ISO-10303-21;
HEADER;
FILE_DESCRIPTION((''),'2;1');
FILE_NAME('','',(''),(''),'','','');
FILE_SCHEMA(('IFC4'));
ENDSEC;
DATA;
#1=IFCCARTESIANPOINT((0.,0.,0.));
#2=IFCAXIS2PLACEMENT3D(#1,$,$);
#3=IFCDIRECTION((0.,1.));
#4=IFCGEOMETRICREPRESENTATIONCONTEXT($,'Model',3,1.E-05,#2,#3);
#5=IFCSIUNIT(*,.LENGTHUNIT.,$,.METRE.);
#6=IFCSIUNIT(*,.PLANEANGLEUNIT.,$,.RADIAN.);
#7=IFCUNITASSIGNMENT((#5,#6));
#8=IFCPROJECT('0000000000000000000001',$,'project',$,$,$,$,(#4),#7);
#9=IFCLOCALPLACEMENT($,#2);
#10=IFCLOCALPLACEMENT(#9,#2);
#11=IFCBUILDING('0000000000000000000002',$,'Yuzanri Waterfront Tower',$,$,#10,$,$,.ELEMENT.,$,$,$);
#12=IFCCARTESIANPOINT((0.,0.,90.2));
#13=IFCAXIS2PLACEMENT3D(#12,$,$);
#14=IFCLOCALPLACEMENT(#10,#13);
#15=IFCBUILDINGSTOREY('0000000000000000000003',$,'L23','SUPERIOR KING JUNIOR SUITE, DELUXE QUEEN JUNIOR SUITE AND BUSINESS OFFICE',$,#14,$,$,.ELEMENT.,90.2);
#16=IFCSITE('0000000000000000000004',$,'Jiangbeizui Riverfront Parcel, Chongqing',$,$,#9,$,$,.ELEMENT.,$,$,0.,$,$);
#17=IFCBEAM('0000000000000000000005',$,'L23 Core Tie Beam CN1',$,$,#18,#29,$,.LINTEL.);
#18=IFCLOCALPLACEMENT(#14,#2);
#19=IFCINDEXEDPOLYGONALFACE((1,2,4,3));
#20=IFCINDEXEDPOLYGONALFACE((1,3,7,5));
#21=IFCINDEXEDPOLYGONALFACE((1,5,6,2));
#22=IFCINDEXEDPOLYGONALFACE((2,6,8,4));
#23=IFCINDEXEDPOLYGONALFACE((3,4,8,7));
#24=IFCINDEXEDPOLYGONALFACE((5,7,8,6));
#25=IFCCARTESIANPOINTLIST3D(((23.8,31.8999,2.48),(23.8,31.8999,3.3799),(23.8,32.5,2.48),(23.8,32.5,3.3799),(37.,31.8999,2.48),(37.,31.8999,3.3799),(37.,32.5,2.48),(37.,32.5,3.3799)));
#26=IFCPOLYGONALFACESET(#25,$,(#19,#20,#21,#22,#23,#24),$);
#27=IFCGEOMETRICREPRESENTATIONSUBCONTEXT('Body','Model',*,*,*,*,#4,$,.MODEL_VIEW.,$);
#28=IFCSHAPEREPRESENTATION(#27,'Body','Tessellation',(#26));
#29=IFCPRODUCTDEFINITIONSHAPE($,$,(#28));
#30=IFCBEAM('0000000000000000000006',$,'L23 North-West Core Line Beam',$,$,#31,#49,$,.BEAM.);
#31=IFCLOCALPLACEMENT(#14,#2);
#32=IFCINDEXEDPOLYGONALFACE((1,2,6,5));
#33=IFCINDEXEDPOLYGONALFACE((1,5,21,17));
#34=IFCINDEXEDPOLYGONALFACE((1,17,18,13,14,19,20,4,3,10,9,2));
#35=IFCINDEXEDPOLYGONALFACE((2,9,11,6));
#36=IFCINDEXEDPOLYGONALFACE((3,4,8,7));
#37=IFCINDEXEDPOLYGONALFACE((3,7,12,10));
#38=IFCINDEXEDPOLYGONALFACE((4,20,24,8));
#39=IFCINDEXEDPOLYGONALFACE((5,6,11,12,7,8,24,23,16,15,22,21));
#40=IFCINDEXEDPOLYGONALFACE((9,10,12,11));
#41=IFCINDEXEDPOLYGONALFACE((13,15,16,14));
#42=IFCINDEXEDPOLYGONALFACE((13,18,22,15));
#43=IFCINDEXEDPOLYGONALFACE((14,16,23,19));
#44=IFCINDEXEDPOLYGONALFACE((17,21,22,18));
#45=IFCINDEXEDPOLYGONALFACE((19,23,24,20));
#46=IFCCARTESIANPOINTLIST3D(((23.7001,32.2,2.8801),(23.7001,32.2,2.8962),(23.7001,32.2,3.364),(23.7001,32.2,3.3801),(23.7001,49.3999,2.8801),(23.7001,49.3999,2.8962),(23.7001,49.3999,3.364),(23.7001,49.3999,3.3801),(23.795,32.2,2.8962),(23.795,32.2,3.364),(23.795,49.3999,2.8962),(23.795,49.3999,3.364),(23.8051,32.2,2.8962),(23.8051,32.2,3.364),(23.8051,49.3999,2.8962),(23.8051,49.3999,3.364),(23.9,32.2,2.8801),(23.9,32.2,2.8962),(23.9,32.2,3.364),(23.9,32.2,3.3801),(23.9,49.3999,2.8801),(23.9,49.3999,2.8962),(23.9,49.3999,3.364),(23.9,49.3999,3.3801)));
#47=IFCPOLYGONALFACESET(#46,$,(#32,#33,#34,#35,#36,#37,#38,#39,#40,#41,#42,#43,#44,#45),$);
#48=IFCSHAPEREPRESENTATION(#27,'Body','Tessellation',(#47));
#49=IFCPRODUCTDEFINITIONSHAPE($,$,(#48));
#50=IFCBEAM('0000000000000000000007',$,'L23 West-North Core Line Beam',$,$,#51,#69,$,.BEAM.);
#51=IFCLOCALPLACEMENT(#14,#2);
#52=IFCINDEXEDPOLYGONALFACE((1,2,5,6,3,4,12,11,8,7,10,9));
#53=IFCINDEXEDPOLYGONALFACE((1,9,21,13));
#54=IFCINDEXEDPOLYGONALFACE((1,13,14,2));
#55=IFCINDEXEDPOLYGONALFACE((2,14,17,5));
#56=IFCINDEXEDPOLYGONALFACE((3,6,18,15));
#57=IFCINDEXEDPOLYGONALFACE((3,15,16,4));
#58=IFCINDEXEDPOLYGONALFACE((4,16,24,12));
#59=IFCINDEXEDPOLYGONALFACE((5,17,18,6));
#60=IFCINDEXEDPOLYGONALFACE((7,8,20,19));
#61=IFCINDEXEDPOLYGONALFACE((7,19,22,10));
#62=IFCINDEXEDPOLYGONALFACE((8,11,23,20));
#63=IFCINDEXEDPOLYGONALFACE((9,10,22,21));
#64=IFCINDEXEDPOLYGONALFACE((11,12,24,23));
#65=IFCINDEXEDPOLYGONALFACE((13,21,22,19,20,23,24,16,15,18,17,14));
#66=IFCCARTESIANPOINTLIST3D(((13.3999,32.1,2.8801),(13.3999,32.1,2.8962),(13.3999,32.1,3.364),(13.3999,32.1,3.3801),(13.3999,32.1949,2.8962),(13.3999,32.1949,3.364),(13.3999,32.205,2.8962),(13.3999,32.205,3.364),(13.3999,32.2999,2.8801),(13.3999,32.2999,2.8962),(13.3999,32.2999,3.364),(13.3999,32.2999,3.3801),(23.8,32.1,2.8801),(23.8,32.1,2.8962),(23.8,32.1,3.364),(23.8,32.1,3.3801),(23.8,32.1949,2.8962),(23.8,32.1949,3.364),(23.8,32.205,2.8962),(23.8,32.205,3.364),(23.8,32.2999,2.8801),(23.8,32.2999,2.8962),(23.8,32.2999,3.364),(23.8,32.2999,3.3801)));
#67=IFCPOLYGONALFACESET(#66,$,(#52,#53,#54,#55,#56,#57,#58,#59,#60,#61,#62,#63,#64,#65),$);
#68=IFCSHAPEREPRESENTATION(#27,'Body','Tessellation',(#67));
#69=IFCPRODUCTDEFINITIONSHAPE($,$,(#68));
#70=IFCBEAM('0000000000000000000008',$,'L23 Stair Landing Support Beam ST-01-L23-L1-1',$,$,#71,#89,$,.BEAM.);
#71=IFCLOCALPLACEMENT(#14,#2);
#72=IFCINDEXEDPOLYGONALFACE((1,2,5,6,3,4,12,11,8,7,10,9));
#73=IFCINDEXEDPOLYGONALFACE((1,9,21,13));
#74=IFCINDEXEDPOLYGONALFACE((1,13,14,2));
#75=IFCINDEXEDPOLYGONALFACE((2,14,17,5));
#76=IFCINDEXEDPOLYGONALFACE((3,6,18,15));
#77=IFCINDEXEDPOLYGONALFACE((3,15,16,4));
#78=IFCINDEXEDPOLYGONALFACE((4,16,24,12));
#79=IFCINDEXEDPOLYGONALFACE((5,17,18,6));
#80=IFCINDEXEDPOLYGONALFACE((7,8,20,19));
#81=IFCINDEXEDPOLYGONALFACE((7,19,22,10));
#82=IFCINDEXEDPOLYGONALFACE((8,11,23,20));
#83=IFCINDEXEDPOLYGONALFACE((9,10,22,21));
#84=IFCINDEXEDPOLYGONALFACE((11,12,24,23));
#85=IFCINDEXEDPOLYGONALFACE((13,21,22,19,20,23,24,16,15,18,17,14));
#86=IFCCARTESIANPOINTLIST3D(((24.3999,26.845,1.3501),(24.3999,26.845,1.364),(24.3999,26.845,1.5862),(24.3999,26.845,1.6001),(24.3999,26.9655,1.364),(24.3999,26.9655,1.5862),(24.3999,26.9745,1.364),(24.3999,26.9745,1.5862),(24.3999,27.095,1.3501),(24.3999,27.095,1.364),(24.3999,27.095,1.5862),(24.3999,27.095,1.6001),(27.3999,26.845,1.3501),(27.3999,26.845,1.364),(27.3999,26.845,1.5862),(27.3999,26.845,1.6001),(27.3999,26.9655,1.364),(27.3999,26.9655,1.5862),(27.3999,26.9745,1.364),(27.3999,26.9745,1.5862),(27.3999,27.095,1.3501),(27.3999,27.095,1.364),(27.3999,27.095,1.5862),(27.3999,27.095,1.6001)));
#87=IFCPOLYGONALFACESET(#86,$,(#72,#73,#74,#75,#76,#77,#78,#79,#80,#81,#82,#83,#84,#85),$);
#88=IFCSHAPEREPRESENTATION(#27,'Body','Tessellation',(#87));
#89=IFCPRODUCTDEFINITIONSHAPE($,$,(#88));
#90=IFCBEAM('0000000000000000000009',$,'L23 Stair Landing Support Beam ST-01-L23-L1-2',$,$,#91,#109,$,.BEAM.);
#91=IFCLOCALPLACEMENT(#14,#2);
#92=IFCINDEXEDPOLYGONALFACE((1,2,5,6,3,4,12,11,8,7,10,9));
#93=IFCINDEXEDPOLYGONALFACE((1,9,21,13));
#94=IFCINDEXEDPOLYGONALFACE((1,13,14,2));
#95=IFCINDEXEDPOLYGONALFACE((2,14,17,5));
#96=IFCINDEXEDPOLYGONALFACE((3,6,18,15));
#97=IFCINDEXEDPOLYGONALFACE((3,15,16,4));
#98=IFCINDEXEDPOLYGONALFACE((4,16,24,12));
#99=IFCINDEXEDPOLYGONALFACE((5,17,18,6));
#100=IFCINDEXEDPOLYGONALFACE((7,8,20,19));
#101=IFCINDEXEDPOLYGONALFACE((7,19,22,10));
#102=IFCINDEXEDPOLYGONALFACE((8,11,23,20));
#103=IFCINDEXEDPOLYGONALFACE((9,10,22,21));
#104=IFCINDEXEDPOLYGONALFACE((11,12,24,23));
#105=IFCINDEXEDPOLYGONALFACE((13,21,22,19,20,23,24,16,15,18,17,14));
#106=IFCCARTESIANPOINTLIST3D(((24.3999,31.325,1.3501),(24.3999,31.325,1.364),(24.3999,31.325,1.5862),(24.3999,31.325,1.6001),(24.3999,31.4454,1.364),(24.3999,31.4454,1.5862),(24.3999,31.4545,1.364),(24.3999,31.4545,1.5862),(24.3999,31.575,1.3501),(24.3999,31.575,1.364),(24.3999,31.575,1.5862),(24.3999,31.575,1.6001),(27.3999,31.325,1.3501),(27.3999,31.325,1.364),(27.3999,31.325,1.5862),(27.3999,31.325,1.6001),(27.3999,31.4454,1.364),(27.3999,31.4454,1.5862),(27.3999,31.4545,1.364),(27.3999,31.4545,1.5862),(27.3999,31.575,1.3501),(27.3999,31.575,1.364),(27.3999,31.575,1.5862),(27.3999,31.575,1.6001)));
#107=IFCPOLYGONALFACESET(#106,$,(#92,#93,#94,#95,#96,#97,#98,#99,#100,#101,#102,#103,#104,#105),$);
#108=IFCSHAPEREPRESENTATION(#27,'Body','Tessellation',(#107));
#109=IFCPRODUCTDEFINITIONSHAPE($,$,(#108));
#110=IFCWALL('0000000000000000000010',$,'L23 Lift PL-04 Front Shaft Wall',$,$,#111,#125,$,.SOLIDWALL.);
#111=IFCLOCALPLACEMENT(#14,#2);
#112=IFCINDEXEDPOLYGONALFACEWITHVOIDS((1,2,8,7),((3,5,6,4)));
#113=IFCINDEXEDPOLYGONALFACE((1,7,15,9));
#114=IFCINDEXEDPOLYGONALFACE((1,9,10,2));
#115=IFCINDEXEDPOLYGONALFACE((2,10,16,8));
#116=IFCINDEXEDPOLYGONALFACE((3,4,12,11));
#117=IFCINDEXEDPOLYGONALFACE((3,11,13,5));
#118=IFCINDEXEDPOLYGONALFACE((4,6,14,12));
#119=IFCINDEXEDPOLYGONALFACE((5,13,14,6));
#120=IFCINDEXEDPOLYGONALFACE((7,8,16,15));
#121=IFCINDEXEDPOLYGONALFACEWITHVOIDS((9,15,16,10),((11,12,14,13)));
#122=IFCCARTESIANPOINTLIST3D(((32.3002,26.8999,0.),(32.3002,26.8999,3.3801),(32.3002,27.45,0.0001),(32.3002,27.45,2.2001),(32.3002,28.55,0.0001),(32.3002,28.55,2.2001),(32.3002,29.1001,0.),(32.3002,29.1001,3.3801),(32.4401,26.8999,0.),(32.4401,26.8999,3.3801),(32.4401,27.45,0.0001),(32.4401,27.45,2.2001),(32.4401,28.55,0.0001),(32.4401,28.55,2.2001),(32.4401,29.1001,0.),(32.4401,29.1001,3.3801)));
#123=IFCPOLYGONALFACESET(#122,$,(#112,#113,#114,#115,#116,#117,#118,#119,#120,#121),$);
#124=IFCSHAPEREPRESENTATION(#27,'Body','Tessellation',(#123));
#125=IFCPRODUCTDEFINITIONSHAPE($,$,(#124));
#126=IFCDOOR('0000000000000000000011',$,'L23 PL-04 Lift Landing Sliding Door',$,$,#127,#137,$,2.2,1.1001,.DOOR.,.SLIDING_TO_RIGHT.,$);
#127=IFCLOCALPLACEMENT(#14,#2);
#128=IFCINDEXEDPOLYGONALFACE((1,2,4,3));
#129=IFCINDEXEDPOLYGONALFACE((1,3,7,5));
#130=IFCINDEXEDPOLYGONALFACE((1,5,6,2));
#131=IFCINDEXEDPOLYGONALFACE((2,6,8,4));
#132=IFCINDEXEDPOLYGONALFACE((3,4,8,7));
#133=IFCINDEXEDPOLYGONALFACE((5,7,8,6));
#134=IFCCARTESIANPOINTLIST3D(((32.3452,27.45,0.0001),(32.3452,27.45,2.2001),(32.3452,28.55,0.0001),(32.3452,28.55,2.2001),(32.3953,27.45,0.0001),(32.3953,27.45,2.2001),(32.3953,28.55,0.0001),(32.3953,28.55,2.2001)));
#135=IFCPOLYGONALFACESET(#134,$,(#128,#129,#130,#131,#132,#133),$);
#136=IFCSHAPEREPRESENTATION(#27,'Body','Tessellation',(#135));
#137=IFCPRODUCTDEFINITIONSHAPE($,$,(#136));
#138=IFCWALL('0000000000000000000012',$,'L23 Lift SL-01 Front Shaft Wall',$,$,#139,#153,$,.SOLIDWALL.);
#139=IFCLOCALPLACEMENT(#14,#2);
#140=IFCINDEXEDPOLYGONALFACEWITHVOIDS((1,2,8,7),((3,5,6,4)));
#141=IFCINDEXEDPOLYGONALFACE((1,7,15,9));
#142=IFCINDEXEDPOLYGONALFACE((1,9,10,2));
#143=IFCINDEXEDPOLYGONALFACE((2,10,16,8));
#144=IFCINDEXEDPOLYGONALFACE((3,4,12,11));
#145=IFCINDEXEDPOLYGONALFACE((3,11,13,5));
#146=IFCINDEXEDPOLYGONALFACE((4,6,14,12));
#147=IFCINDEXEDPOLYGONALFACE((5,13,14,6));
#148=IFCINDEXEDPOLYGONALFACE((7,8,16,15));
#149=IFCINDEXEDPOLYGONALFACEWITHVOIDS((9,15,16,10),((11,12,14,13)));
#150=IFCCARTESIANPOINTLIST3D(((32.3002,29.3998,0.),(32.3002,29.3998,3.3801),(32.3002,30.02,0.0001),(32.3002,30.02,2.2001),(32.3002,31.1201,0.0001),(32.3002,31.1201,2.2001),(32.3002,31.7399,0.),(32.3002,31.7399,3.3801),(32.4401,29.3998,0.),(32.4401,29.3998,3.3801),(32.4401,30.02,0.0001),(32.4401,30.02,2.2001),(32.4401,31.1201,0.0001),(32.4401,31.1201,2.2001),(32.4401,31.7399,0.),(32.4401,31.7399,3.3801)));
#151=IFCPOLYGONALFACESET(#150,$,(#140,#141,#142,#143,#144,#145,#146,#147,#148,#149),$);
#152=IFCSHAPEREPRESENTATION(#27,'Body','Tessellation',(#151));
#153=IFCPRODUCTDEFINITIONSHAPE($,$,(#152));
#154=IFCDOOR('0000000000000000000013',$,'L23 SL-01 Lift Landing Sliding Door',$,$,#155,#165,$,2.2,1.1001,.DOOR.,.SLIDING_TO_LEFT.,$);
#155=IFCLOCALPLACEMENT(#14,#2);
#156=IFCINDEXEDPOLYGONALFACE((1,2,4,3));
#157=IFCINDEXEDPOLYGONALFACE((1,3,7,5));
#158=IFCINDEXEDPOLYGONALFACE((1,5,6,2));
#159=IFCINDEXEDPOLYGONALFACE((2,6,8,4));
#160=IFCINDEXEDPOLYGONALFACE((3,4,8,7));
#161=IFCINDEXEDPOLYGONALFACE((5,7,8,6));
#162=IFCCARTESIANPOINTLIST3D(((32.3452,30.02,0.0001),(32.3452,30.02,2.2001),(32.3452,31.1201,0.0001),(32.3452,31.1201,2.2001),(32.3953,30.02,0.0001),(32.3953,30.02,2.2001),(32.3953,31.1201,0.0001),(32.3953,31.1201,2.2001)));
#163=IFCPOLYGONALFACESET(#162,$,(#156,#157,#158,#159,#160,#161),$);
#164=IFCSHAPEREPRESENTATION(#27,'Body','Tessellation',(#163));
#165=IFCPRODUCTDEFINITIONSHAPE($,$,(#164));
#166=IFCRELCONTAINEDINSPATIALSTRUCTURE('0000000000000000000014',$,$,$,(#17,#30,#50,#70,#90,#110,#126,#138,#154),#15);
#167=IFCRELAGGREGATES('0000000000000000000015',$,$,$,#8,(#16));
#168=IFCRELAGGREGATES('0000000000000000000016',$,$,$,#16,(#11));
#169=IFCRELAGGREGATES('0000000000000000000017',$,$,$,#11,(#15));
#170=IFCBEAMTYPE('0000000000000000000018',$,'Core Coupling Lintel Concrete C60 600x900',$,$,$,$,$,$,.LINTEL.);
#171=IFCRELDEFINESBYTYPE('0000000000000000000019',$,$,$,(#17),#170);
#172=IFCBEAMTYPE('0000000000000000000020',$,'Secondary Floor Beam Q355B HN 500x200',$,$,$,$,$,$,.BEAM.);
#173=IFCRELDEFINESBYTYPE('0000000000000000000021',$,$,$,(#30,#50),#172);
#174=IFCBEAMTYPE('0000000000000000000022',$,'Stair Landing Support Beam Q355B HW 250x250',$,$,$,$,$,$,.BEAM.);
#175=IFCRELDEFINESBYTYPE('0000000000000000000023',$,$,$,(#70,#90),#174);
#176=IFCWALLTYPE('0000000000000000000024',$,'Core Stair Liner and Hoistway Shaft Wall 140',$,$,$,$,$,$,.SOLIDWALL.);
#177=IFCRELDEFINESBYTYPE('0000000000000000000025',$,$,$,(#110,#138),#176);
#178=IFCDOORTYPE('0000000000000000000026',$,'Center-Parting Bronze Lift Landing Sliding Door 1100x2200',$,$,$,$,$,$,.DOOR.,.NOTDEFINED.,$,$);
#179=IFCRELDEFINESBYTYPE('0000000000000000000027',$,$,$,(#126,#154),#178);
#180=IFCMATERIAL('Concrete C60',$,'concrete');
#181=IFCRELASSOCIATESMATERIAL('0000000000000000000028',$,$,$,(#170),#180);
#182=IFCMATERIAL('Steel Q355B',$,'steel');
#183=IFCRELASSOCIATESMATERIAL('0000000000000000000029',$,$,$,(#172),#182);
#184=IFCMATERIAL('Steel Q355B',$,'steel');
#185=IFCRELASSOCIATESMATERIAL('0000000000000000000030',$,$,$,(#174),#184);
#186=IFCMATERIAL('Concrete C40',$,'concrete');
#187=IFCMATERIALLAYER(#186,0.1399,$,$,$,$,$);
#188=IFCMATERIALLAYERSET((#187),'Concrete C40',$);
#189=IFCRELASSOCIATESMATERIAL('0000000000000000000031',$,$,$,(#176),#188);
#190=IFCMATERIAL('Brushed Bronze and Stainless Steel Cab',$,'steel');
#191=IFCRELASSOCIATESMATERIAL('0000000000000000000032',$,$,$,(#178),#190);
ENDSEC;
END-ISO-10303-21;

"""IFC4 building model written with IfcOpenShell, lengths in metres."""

from ifc_helpers import new_model, si_unit, direction, frame, frame_2d, origin, origin_2d, place, context, subcontext, project, spatial, rectangle, i_section, extrude, source, transform, mapped, material, layer, layer_set, material_profile, profile_set, type_object, element, fill, save


model = new_model("IFC4")

# Units and contexts
model_context = context("Model", 3, precision=1e-05, world=origin(), true_north=direction((0.0, 1.0)))
body_context = subcontext(model_context, "Body", "Model", "MODEL_VIEW")
ifc_project = project(units=[si_unit("LENGTHUNIT", "METRE"), si_unit("PLANEANGLEUNIT", "RADIAN")], contexts=[model_context])

# Site, building, storey
site_placement = place(None, origin())
site = spatial("IfcSite", under=ifc_project, at=site_placement, Name="Jiangbeizui Riverfront Parcel, Chongqing", CompositionType="ELEMENT", RefElevation=0.0)
building_placement = place(site_placement, origin())
building = spatial("IfcBuilding", under=site, at=building_placement, Name="Yuzanri Waterfront Tower", CompositionType="ELEMENT")
storey_placement = place(building_placement, frame((0.0, 0.0, 90.2)))
storey = spatial("IfcBuildingStorey", under=building, at=storey_placement, Name="L23", Description="SUPERIOR KING JUNIOR SUITE, DELUXE QUEEN JUNIOR SUITE AND BUSINESS OFFICE", CompositionType="ELEMENT", Elevation=90.2)

# Beams
ifc_material_1 = material(Name="Concrete C60", Category="concrete")
ifc_material_profile_1 = material_profile(ifc_material_1, rectangle(XDim=0.6001, YDim=0.8999, at=origin_2d()), Name="RC 600x900")
ifc_profile_set_1 = profile_set([ifc_material_profile_1], Name="Concrete C60")
beam_type_1 = type_object("IfcBeamType", Name="Core Coupling Lintel Concrete C60 600x900", PredefinedType="LINTEL", material=ifc_profile_set_1)
shared_shape_1 = source(origin(), body_context, "Body", "SweptSolid", [
    extrude(rectangle(XDim=0.6001, YDim=0.8999, at=origin_2d()), origin(), (0.0, 0.0, 1.0), 13.2),
])
beam_1_placement = place(storey_placement, frame((23.8, 32.2, 2.9299), z_axis=(1.0, 0.0, 0.0), x_axis=(0.0, 1.0, 0.0)))
element("IfcBeam", 1, at=beam_1_placement, inside=storey, type_object=beam_type_1, Name="L23 Core Tie Beam CN1", PredefinedType="LINTEL", context=body_context, shape_type="MappedRepresentation", body=[
    mapped(shared_shape_1, transform((0.0, 0.0, 0.0), scale=1.0)),
])
ifc_material_2 = material(Name="Steel Q355B", Category="steel")
ifc_material_profile_2 = material_profile(ifc_material_2, i_section(OverallWidth=0.2, OverallDepth=0.5, WebThickness=0.01, FlangeThickness=0.0161, at=origin_2d()), Name="HN 500x200x10x16")
ifc_profile_set_2 = profile_set([ifc_material_profile_2], Name="Steel Q355B")
beam_type_2 = type_object("IfcBeamType", Name="Secondary Floor Beam Q355B HN 500x200", PredefinedType="BEAM", material=ifc_profile_set_2)
shared_shape_2 = source(origin(), body_context, "Body", "SweptSolid", [
    extrude(i_section(OverallWidth=0.2, OverallDepth=0.5, WebThickness=0.01, FlangeThickness=0.0161, at=origin_2d()), origin(), (0.0, 0.0, 1.0), 17.2),
])
beam_2_placement = place(storey_placement, frame((23.8, 32.2, 3.1301), z_axis=(0.0, 1.0, 0.0), x_axis=(-1.0, 0.0, 0.0)))
element("IfcBeam", 2, at=beam_2_placement, inside=storey, type_object=beam_type_2, Name="L23 North-West Core Line Beam", PredefinedType="BEAM", context=body_context, shape_type="MappedRepresentation", body=[
    mapped(shared_shape_2, transform((0.0, 0.0, 0.0), scale=1.0)),
])
shared_shape_3 = source(origin(), body_context, "Body", "SweptSolid", [
    extrude(i_section(OverallWidth=0.2, OverallDepth=0.5, WebThickness=0.01, FlangeThickness=0.0161, at=origin_2d()), origin(), (0.0, 0.0, 1.0), 10.4001),
])
beam_3_placement = place(storey_placement, frame((23.8, 32.2, 3.1301), z_axis=(-1.0, 0.0, 0.0), x_axis=(0.0, -1.0, 0.0)))
element("IfcBeam", 3, at=beam_3_placement, inside=storey, type_object=beam_type_2, Name="L23 West-North Core Line Beam", PredefinedType="BEAM", context=body_context, shape_type="MappedRepresentation", body=[
    mapped(shared_shape_3, transform((0.0, 0.0, 0.0), scale=1.0)),
])
ifc_material_3 = material(Name="Steel Q355B", Category="steel")
ifc_material_profile_3 = material_profile(ifc_material_3, i_section(OverallWidth=0.25, OverallDepth=0.25, WebThickness=0.009, FlangeThickness=0.0139, at=origin_2d()), Name="HW 250x250x9x14")
ifc_profile_set_3 = profile_set([ifc_material_profile_3], Name="Steel Q355B")
beam_type_3 = type_object("IfcBeamType", Name="Stair Landing Support Beam Q355B HW 250x250", PredefinedType="BEAM", material=ifc_profile_set_3)
shared_shape_4 = source(origin(), body_context, "Body", "SweptSolid", [
    extrude(i_section(OverallWidth=0.25, OverallDepth=0.25, WebThickness=0.009, FlangeThickness=0.0139, at=origin_2d()), origin(), (0.0, 0.0, 1.0), 3.0),
])
for number, where, z_axis, x_axis, name in (
    (4, (24.3999, 26.97, 1.4751), (1.0, 0.0, 0.0), (0.0, 1.0, 0.0), "L23 Stair Landing Support Beam ST-01-L23-L1-1"),
    (5, (24.3999, 31.45, 1.4751), (1.0, 0.0, 0.0), (0.0, 1.0, 0.0), "L23 Stair Landing Support Beam ST-01-L23-L1-2"),
):
    element("IfcBeam", number, at=place(storey_placement, frame(where, z_axis=z_axis, x_axis=x_axis)), inside=storey, type_object=beam_type_3, Name=name, PredefinedType="BEAM", context=body_context, shape_type="MappedRepresentation", body=[
        mapped(shared_shape_4, transform((0.0, 0.0, 0.0), scale=1.0)),
    ])

# Walls, openings, doors
ifc_material_4 = material(Name="Concrete C40", Category="concrete")
ifc_layer_1 = layer(ifc_material_4, 0.1399)
ifc_layer_set_1 = layer_set([ifc_layer_1], Name="Concrete C40")
wall_type_1 = type_object("IfcWallType", Name="Core Stair Liner and Hoistway Shaft Wall 140", PredefinedType="SOLIDWALL", material=ifc_layer_set_1)
wall_1_placement = place(storey_placement, frame((32.3701, 26.8999, 0.0), z_axis=(0.0, 0.0, 1.0), x_axis=(0.0, 1.0, 0.0)))
wall_1 = element("IfcWall", 6, at=wall_1_placement, inside=storey, type_object=wall_type_1, Name="L23 Lift PL-04 Front Shaft Wall", PredefinedType="SOLIDWALL", context=body_context, shape_type="SweptSolid", body=[
    extrude(rectangle(XDim=2.2002, YDim=0.1399, at=frame_2d((1.1001, 0.0))), origin(), (0.0, 0.0, 1.0), 3.3801),
])
opening_1_placement = place(wall_1_placement, frame((0.55, 0.0, 0.0)))
opening_1 = element("IfcOpeningElement", 7, at=opening_1_placement, cuts=wall_1, PredefinedType="OPENING", context=body_context, shape_type="SweptSolid", body=[
    extrude(rectangle(XDim=1.1001, YDim=2.2, at=frame_2d((0.55, 1.1001))), frame((0.0, 0.085, 0.0), z_axis=(0.0, -1.0, 0.0), x_axis=(1.0, 0.0, 0.0)), (0.0, 0.0, 1.0), 0.1697),
])
ifc_material_5 = material(Name="Brushed Bronze and Stainless Steel Cab", Category="steel")
door_type_1 = type_object("IfcDoorType", Name="Center-Parting Bronze Lift Landing Sliding Door 1100x2200", OperationType="NOTDEFINED", PredefinedType="DOOR", material=ifc_material_5)
shared_shape_5 = source(origin(), body_context, "Body", "SweptSolid", [
    extrude(rectangle(XDim=1.1001, YDim=2.2, at=frame_2d((0.55, 1.1001))), frame((0.0, 0.0249, 0.0), z_axis=(0.0, -1.0, 0.0), x_axis=(1.0, 0.0, 0.0)), (0.0, 0.0, 1.0), 0.05),
])
door_1_placement = place(opening_1_placement, origin())
door_1 = element("IfcDoor", 8, at=door_1_placement, inside=storey, type_object=door_type_1, Name="L23 PL-04 Lift Landing Sliding Door", OperationType="SLIDING_TO_RIGHT", OverallHeight=2.2, OverallWidth=1.1001, PredefinedType="DOOR", context=body_context, shape_type="MappedRepresentation", body=[
    mapped(shared_shape_5, transform((0.0, 0.0, 0.0), scale=1.0)),
])
fill(opening_1, door_1)
wall_2_placement = place(storey_placement, frame((32.3701, 29.3999, 0.0), z_axis=(0.0, 0.0, 1.0), x_axis=(0.0, 1.0, 0.0)))
wall_2 = element("IfcWall", 9, at=wall_2_placement, inside=storey, type_object=wall_type_1, Name="L23 Lift SL-01 Front Shaft Wall", PredefinedType="SOLIDWALL", context=body_context, shape_type="SweptSolid", body=[
    extrude(rectangle(XDim=2.3401, YDim=0.1399, at=frame_2d((1.1699, 0.0))), origin(), (0.0, 0.0, 1.0), 3.3801),
])
opening_2_placement = place(wall_2_placement, frame((0.6201, 0.0, 0.0)))
opening_2 = element("IfcOpeningElement", 10, at=opening_2_placement, cuts=wall_2, PredefinedType="OPENING", context=body_context, shape_type="SweptSolid", body=[
    extrude(rectangle(XDim=1.1001, YDim=2.2, at=frame_2d((0.55, 1.1001))), frame((0.0, 0.085, 0.0), z_axis=(0.0, -1.0, 0.0), x_axis=(1.0, 0.0, 0.0)), (0.0, 0.0, 1.0), 0.1697),
])
door_2_placement = place(opening_2_placement, origin())
door_2 = element("IfcDoor", 11, at=door_2_placement, inside=storey, type_object=door_type_1, Name="L23 SL-01 Lift Landing Sliding Door", OperationType="SLIDING_TO_LEFT", OverallHeight=2.2, OverallWidth=1.1001, PredefinedType="DOOR", context=body_context, shape_type="MappedRepresentation", body=[
    mapped(shared_shape_5, transform((0.0, 0.0, 0.0), scale=1.0)),
])
fill(opening_2, door_2)

save(model, "model.ifc")
